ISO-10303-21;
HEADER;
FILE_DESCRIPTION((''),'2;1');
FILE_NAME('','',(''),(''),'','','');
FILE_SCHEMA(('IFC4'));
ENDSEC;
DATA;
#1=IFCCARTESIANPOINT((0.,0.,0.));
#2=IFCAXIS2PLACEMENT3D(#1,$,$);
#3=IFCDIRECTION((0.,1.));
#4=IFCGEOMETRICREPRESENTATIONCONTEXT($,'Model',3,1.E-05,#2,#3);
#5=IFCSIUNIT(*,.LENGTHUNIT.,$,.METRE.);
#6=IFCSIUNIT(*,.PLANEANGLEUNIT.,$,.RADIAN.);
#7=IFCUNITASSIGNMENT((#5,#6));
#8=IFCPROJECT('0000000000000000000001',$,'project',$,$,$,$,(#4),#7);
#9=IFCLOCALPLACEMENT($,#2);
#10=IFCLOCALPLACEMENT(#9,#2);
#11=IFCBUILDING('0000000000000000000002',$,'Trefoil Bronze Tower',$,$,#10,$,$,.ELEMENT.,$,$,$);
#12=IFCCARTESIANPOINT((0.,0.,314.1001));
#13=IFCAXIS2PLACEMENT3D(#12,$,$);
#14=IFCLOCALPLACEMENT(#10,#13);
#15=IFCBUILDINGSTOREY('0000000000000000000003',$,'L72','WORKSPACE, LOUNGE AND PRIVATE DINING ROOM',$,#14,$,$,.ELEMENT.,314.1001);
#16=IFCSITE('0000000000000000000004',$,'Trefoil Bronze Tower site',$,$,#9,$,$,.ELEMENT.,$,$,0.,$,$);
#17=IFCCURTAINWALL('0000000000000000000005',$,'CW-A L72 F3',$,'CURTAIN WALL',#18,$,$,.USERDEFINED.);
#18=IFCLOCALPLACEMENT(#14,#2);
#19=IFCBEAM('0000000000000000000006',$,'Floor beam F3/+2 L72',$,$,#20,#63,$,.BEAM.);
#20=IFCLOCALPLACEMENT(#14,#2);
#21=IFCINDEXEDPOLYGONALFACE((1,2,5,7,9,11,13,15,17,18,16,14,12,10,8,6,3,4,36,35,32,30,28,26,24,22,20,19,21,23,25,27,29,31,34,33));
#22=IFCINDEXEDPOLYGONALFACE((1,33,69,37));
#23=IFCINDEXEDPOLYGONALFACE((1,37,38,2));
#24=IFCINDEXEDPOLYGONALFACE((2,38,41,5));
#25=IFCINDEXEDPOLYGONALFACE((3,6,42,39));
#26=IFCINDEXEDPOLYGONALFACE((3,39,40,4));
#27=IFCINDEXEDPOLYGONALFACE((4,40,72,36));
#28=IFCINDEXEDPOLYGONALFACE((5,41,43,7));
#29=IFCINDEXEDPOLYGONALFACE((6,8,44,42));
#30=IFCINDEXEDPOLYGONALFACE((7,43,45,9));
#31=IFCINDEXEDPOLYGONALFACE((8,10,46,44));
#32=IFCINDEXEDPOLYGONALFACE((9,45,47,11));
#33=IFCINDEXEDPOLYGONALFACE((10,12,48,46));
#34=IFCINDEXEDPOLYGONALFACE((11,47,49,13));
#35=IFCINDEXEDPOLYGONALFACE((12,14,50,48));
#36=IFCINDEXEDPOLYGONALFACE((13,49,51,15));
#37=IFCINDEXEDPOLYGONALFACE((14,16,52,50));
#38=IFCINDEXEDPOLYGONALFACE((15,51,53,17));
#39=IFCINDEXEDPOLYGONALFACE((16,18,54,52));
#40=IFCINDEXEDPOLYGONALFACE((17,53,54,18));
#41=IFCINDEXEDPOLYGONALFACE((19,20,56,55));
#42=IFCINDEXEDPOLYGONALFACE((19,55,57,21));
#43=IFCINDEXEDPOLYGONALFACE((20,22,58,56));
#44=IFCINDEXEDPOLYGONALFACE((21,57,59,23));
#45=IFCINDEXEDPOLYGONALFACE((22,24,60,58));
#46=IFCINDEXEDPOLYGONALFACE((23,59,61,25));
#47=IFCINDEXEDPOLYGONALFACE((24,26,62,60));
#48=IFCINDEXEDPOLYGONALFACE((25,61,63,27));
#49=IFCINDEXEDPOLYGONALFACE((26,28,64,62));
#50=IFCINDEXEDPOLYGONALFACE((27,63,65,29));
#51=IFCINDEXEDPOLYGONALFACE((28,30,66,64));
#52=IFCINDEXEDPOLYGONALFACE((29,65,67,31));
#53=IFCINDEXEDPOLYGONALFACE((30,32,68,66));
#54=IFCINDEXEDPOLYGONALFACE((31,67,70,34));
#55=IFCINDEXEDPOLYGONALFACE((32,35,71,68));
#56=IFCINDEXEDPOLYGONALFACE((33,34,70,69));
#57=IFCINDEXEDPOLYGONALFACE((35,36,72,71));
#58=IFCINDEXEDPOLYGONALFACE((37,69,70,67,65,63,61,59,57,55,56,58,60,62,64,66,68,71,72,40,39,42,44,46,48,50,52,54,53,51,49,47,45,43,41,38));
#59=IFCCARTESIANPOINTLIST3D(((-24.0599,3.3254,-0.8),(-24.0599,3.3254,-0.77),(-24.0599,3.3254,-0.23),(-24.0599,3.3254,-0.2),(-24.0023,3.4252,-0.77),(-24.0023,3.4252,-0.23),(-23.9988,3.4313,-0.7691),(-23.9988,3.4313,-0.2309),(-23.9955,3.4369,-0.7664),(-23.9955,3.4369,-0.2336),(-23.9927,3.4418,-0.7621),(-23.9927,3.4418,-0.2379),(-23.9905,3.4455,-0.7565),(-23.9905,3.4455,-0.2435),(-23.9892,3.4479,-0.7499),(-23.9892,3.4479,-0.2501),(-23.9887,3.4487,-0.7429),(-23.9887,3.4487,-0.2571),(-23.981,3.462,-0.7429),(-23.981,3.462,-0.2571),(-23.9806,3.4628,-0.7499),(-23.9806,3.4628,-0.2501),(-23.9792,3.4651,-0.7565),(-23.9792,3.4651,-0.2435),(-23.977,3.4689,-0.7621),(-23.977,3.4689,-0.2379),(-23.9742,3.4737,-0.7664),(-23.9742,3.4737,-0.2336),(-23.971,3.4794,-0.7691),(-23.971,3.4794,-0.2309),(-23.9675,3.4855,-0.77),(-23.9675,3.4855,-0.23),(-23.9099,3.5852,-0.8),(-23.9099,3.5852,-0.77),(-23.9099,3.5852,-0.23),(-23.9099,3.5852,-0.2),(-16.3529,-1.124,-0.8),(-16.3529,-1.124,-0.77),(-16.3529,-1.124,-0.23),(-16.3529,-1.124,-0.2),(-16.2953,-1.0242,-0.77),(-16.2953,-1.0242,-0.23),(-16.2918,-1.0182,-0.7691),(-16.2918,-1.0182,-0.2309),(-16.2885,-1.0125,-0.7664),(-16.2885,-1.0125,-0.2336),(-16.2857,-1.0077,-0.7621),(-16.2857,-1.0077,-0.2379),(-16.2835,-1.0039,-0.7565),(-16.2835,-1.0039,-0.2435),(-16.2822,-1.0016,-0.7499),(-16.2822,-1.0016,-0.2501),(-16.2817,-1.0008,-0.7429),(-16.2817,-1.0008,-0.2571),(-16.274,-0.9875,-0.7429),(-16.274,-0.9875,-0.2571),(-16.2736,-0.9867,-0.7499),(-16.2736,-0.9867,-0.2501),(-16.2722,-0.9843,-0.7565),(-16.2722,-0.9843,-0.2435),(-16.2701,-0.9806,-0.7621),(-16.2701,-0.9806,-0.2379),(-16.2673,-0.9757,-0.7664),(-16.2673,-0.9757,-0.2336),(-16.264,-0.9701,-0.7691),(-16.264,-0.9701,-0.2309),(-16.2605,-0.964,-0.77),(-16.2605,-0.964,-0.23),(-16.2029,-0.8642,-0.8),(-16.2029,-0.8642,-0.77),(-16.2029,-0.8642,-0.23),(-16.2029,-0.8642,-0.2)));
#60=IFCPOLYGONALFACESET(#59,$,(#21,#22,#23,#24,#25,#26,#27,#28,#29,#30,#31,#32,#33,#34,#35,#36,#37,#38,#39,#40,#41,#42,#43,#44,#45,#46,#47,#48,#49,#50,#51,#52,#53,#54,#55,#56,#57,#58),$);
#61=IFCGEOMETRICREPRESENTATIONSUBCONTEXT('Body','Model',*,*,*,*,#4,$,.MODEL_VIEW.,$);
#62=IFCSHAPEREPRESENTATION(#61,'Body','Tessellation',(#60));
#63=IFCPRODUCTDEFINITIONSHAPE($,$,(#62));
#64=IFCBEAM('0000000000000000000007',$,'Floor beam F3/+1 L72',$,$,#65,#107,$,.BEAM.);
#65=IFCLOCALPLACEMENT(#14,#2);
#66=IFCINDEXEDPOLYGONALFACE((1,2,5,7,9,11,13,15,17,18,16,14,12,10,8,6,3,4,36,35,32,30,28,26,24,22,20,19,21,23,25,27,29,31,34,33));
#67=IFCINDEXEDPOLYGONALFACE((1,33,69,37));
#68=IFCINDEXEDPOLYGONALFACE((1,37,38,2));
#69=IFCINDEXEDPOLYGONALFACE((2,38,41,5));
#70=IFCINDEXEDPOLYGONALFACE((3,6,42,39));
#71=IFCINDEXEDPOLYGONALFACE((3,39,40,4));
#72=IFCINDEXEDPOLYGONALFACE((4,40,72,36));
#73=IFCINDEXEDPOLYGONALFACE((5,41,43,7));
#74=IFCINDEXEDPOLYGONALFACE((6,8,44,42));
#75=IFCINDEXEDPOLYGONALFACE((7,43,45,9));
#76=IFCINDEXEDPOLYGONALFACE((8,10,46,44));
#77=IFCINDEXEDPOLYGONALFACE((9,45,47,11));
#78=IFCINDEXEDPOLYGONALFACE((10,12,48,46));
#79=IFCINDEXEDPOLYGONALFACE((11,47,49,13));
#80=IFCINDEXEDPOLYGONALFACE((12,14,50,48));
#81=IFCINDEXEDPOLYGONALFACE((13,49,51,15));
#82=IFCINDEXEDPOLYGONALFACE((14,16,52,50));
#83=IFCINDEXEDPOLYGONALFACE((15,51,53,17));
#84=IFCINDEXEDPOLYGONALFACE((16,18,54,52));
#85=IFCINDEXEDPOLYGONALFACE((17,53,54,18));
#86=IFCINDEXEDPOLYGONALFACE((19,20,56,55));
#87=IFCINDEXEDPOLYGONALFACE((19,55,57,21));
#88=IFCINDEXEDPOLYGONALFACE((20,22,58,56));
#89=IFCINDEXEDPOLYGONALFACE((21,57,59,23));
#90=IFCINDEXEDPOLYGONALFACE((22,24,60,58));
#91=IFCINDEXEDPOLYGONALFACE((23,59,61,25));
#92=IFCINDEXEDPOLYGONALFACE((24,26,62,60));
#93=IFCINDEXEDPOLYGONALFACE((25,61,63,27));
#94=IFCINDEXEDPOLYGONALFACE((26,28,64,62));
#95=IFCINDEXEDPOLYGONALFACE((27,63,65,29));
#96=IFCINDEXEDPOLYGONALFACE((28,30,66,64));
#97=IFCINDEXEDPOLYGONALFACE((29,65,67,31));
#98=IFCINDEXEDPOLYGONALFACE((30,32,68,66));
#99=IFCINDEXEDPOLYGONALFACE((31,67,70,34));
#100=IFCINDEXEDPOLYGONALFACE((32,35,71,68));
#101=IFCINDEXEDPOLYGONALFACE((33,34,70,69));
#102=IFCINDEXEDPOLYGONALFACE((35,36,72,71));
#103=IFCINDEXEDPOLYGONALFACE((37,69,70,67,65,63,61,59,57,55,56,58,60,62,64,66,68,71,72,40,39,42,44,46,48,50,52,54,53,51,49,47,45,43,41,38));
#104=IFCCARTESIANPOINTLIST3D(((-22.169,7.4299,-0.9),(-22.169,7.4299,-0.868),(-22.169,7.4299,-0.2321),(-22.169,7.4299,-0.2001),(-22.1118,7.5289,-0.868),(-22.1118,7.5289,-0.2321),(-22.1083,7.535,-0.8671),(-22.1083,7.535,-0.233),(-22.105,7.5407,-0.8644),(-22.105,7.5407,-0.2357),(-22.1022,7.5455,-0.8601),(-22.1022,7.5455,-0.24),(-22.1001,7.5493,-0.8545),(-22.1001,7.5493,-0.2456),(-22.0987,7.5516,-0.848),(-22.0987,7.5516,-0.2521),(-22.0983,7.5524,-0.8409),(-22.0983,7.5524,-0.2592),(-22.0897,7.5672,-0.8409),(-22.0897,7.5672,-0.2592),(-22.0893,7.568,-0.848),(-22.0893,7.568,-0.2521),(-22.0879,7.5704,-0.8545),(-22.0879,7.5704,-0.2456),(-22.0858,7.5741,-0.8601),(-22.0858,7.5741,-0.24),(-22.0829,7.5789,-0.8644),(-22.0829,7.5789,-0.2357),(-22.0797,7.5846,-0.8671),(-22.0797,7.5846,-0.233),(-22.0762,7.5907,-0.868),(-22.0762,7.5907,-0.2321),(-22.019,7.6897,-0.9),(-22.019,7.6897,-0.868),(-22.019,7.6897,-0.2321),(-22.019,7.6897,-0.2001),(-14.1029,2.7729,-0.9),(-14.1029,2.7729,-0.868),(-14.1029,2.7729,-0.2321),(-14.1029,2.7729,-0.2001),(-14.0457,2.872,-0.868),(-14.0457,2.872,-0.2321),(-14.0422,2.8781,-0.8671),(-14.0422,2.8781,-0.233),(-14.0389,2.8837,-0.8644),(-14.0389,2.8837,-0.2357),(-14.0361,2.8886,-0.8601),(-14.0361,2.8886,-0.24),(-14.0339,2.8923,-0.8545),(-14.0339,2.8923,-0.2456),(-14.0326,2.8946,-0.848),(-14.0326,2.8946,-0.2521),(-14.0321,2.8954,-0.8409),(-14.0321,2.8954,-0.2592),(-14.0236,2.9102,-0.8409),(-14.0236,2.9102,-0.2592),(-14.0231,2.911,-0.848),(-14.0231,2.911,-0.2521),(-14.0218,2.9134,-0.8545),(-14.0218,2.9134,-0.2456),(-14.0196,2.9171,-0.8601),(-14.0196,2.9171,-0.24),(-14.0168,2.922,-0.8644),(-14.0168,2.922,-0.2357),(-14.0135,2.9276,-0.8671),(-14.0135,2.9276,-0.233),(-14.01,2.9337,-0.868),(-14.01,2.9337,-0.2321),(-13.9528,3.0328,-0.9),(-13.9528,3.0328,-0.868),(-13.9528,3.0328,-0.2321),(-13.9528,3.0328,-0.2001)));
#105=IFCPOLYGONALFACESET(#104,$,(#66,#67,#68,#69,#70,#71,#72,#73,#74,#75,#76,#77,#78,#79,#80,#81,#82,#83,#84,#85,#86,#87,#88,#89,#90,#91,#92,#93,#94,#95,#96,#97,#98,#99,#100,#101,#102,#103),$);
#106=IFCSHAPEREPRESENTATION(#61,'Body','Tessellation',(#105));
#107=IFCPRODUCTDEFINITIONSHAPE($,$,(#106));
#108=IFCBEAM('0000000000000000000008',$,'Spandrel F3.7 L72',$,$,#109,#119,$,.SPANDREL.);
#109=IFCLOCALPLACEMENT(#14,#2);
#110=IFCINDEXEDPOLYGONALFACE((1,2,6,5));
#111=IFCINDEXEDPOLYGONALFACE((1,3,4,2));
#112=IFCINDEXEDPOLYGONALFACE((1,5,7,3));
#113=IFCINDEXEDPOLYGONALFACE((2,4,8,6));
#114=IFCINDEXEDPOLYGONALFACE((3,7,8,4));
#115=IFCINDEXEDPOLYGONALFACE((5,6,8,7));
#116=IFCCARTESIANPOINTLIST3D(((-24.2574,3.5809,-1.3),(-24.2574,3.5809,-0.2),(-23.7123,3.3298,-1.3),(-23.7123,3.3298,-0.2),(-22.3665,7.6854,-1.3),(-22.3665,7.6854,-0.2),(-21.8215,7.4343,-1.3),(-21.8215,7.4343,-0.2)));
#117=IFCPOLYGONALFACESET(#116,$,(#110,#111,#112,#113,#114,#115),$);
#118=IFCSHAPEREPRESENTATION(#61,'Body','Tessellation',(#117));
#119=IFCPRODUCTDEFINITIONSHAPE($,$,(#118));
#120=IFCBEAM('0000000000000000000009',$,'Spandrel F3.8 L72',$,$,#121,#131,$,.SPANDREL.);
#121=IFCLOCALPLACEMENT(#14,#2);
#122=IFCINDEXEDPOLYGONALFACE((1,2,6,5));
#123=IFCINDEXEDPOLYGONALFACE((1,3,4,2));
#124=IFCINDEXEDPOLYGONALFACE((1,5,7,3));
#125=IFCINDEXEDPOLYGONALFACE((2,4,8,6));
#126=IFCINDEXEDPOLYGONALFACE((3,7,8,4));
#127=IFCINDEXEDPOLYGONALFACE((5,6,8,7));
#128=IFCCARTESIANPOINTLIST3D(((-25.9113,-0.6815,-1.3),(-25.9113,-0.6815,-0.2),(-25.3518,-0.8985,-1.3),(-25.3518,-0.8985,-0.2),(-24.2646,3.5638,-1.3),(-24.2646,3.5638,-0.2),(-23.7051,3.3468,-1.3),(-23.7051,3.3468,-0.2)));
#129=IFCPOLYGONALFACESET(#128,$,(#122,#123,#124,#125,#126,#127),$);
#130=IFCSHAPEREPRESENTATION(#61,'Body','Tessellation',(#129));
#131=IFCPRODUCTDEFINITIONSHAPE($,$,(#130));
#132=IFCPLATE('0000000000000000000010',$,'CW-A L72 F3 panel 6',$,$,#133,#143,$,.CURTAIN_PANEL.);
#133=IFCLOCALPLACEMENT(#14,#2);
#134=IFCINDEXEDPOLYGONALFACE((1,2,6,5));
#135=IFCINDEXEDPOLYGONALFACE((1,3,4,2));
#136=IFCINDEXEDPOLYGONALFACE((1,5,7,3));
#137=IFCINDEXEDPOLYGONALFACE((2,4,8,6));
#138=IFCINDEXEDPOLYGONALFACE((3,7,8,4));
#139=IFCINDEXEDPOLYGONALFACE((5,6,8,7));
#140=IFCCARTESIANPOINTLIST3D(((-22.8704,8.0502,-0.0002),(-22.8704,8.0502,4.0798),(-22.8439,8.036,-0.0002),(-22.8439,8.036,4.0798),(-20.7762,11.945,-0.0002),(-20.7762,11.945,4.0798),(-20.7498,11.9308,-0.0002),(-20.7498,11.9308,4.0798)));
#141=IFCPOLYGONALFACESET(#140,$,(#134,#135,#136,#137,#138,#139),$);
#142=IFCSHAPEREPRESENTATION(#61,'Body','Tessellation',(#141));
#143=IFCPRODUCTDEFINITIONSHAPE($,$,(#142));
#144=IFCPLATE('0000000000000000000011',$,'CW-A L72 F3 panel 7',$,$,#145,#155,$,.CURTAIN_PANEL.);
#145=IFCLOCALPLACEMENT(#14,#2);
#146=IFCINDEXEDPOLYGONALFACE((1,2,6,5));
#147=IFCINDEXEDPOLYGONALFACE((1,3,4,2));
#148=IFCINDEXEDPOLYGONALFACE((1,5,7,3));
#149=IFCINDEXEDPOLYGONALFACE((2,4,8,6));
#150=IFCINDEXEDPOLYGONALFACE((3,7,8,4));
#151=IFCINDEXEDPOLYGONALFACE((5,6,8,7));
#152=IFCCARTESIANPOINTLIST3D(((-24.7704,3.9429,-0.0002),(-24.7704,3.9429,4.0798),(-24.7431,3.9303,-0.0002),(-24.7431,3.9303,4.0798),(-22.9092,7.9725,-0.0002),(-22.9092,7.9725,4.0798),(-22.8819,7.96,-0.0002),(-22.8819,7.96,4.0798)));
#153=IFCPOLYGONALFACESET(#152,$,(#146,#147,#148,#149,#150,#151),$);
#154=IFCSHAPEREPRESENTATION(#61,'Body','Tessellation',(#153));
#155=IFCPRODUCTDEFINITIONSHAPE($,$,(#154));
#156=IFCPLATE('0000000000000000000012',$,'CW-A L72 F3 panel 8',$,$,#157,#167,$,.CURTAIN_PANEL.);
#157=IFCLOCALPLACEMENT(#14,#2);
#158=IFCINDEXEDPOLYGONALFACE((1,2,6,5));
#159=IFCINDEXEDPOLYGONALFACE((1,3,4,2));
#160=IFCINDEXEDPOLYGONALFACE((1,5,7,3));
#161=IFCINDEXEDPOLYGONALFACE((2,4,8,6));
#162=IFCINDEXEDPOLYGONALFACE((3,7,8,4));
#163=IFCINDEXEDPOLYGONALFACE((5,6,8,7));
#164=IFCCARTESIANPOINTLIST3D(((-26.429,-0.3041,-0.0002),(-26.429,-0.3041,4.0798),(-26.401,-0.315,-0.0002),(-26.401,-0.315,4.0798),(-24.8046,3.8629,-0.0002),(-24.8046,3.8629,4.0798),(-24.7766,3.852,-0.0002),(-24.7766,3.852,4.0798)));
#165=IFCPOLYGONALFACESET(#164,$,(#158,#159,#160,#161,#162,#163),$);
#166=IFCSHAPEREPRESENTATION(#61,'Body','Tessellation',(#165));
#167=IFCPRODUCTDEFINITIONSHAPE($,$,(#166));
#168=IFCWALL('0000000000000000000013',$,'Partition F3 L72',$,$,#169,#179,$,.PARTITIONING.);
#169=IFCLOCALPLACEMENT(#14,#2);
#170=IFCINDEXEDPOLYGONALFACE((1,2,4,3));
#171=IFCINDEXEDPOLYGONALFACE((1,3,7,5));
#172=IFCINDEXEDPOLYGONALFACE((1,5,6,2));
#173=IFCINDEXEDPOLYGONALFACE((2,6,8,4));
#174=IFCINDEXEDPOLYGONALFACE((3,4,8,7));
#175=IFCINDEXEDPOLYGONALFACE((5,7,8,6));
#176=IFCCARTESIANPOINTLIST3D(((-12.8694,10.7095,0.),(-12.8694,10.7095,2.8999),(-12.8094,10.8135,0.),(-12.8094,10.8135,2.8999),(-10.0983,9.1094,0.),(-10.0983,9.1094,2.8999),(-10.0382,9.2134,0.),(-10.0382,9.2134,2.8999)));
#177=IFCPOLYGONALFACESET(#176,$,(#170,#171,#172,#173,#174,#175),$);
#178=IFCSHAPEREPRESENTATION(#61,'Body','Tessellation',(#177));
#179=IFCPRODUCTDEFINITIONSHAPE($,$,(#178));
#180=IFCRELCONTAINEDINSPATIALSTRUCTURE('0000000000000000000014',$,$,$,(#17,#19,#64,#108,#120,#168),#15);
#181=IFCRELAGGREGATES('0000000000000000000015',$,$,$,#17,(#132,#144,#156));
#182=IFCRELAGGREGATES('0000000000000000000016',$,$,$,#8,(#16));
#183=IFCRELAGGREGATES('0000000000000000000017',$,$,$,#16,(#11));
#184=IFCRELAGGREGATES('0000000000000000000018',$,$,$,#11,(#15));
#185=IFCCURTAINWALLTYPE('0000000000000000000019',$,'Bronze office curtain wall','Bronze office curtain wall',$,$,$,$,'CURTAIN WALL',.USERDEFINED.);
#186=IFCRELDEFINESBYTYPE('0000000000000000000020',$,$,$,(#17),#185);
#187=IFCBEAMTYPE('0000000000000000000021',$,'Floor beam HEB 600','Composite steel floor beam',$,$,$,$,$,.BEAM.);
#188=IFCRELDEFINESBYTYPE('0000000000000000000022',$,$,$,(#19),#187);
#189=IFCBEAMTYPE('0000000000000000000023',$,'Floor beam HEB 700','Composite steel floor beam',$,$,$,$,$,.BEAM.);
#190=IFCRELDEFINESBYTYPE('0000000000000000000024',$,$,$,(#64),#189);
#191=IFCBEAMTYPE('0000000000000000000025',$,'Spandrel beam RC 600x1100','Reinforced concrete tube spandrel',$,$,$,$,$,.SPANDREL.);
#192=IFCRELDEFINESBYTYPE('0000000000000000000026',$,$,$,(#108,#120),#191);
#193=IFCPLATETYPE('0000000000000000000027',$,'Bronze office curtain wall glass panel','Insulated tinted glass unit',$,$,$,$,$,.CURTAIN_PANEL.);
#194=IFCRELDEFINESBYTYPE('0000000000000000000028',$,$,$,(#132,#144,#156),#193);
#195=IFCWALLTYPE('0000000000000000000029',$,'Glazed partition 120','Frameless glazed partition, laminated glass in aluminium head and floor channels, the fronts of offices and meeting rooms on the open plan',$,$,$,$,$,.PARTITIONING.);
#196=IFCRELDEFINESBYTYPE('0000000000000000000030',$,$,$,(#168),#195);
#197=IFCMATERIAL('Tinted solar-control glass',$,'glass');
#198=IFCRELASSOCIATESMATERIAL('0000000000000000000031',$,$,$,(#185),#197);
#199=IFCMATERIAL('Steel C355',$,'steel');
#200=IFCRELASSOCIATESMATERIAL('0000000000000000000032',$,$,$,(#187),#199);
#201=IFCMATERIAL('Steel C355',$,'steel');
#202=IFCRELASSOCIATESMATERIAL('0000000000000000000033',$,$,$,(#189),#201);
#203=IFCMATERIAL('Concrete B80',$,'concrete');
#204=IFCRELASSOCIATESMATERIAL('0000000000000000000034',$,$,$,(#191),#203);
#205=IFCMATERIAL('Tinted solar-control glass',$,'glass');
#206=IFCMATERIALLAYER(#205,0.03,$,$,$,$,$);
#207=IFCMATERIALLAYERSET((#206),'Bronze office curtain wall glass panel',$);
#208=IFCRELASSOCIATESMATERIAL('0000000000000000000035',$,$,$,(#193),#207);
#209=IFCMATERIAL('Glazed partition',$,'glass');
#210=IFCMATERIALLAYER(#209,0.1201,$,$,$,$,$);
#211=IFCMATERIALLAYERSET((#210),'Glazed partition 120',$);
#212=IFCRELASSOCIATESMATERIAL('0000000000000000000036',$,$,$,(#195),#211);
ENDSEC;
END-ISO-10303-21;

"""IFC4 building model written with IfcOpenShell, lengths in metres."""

from ifc_helpers import new_model, si_unit, direction, frame, frame_2d, origin, origin_2d, place, context, subcontext, project, spatial, rectangle, i_section, extrude, material, layer, layer_set, material_profile, profile_set, type_object, element, aggregate, save


model = new_model("IFC4")

# Units and contexts
model_context = context("Model", 3, precision=1e-05, world=origin(), true_north=direction((0.0, 1.0)))
body_context = subcontext(model_context, "Body", "Model", "MODEL_VIEW")
ifc_project = project(units=[si_unit("LENGTHUNIT", "METRE"), si_unit("PLANEANGLEUNIT", "RADIAN")], contexts=[model_context])

# Site, building, storey
site_placement = place(None, origin())
site = spatial("IfcSite", under=ifc_project, at=site_placement, Name="Trefoil Bronze Tower site", CompositionType="ELEMENT", RefElevation=0.0)
building_placement = place(site_placement, origin())
building = spatial("IfcBuilding", under=site, at=building_placement, Name="Trefoil Bronze Tower", CompositionType="ELEMENT")
storey_placement = place(building_placement, frame((0.0, 0.0, 314.1001)))
storey = spatial("IfcBuildingStorey", under=building, at=storey_placement, Name="L72", Description="WORKSPACE, LOUNGE AND PRIVATE DINING ROOM", CompositionType="ELEMENT", Elevation=314.1001)

# Curtain wall
ifc_material_1 = material(Name="Tinted solar-control glass", Category="glass")
curtain_wall_type = type_object("IfcCurtainWallType", Name="Bronze office curtain wall", Description="Bronze office curtain wall", ElementType="CURTAIN WALL", PredefinedType="USERDEFINED", material=ifc_material_1)
curtain_wall_placement = place(storey_placement, origin())
curtain_wall = element("IfcCurtainWall", 1, at=curtain_wall_placement, inside=storey, type_object=curtain_wall_type, Name="CW-A L72 F3", ObjectType="CURTAIN WALL", PredefinedType="USERDEFINED")

# Beams
ifc_material_2 = material(Name="Steel C355", Category="steel")
ifc_material_profile_1 = material_profile(ifc_material_2, i_section(OverallWidth=0.3, OverallDepth=0.6001, WebThickness=0.0154, FlangeThickness=0.03, FilletRadius=0.0271, at=origin_2d()), Name="HEB 600")
ifc_profile_set_1 = profile_set([ifc_material_profile_1], Name="Steel C355")
beam_type_1 = type_object("IfcBeamType", Name="Floor beam HEB 600", Description="Composite steel floor beam", PredefinedType="BEAM", material=ifc_profile_set_1)
beam_1_placement = place(storey_placement, frame((-23.9849, 3.4553, -0.5), z_axis=(0.866035, -0.499984, 0.0), x_axis=(0.499984, 0.866035, 0.0)))
element("IfcBeam", 2, at=beam_1_placement, inside=storey, type_object=beam_type_1, Name="Floor beam F3/+2 L72", PredefinedType="BEAM", context=body_context, shape_type="SweptSolid", body=[
    extrude(i_section(OverallWidth=0.3, OverallDepth=0.6001, WebThickness=0.0154, FlangeThickness=0.03, FilletRadius=0.0271, at=origin_2d()), origin(), (0.0, 0.0, 1.0), 8.8992),
])
ifc_material_3 = material(Name="Steel C355", Category="steel")
ifc_material_profile_2 = material_profile(ifc_material_3, i_section(OverallWidth=0.3, OverallDepth=0.7, WebThickness=0.0171, FlangeThickness=0.032, FilletRadius=0.0271, at=origin_2d()), Name="HEB 700")
ifc_profile_set_2 = profile_set([ifc_material_profile_2], Name="Steel C355")
beam_type_2 = type_object("IfcBeamType", Name="Floor beam HEB 700", Description="Composite steel floor beam", PredefinedType="BEAM", material=ifc_profile_set_2)
beam_2_placement = place(storey_placement, frame((-22.094, 7.5598, -0.55), z_axis=(0.866026, -0.499999, 0.0), x_axis=(0.499999, 0.866026, 0.0)))
element("IfcBeam", 3, at=beam_2_placement, inside=storey, type_object=beam_type_2, Name="Floor beam F3/+1 L72", PredefinedType="BEAM", context=body_context, shape_type="SweptSolid", body=[
    extrude(i_section(OverallWidth=0.3, OverallDepth=0.7, WebThickness=0.0171, FlangeThickness=0.032, FilletRadius=0.0271, at=origin_2d()), origin(), (0.0, 0.0, 1.0), 9.314),
])
ifc_material_4 = material(Name="Concrete B80", Category="concrete")
ifc_material_profile_3 = material_profile(ifc_material_4, rectangle(XDim=0.6001, YDim=1.1001, at=origin_2d()), Name="RC 600x1100")
ifc_profile_set_3 = profile_set([ifc_material_profile_3], Name="Concrete B80")
beam_type_3 = type_object("IfcBeamType", Name="Spandrel beam RC 600x1100", Description="Reinforced concrete tube spandrel", PredefinedType="SPANDREL", material=ifc_profile_set_3)
beam_3_placement = place(storey_placement, frame((-22.094, 7.5598, -0.75), z_axis=(-0.418417, -0.908255, 0.0), x_axis=(0.908255, -0.418417, 0.0)))
element("IfcBeam", 4, at=beam_3_placement, inside=storey, type_object=beam_type_3, Name="Spandrel F3.7 L72", PredefinedType="SPANDREL", context=body_context, shape_type="SweptSolid", body=[
    extrude(rectangle(XDim=0.6001, YDim=1.1001, at=origin_2d()), origin(), (0.0, 0.0, 1.0), 4.519),
])
beam_4_placement = place(storey_placement, frame((-23.9849, 3.4553, -0.75), z_axis=(-0.361636, -0.932319, 0.0), x_axis=(0.932319, -0.361636, 0.0)))
element("IfcBeam", 5, at=beam_4_placement, inside=storey, type_object=beam_type_3, Name="Spandrel F3.8 L72", PredefinedType="SPANDREL", context=body_context, shape_type="SweptSolid", body=[
    extrude(rectangle(XDim=0.6001, YDim=1.1001, at=origin_2d()), origin(), (0.0, 0.0, 1.0), 4.5535),
])

# Plates
ifc_material_5 = material(Name="Tinted solar-control glass", Category="glass")
ifc_layer_1 = layer(ifc_material_5, 0.03)
ifc_layer_set_1 = layer_set([ifc_layer_1], Name="Bronze office curtain wall glass panel")
plate_type = type_object("IfcPlateType", Name="Bronze office curtain wall glass panel", Description="Insulated tinted glass unit", PredefinedType="CURTAIN_PANEL", material=ifc_layer_set_1)
plate_1_placement = place(storey_placement, frame((-21.8101, 9.9905, -0.0002), z_axis=(0.0, 0.0, 1.0), x_axis=(-0.473562, -0.88076, 0.0)))
plate_1 = element("IfcPlate", 6, at=plate_1_placement, type_object=plate_type, Name="CW-A L72 F3 panel 6", PredefinedType="CURTAIN_PANEL", context=body_context, shape_type="SweptSolid", body=[
    extrude(rectangle(XDim=4.4221, YDim=0.03, at=origin_2d()), origin(), (0.0, 0.0, 1.0), 4.0801),
])
plate_2_placement = place(storey_placement, frame((-23.8262, 5.9514, -0.0002), z_axis=(0.0, 0.0, 1.0), x_axis=(-0.419309, -0.907844, 0.0)))
plate_2 = element("IfcPlate", 7, at=plate_2_placement, type_object=plate_type, Name="CW-A L72 F3 panel 7", PredefinedType="CURTAIN_PANEL", context=body_context, shape_type="SweptSolid", body=[
    extrude(rectangle(XDim=4.4387, YDim=0.03, at=origin_2d()), origin(), (0.0, 0.0, 1.0), 4.0801),
])
plate_3_placement = place(storey_placement, frame((-25.6028, 1.7739, -0.0002), z_axis=(0.0, 0.0, 1.0), x_axis=(-0.363199, -0.931712, 0.0)))
plate_3 = element("IfcPlate", 8, at=plate_3_placement, type_object=plate_type, Name="CW-A L72 F3 panel 8", PredefinedType="CURTAIN_PANEL", context=body_context, shape_type="SweptSolid", body=[
    extrude(rectangle(XDim=4.4724, YDim=0.03, at=origin_2d()), origin(), (0.0, 0.0, 1.0), 4.0801),
])
aggregate(curtain_wall, [plate_1, plate_2, plate_3])

# Wall
ifc_material_6 = material(Name="Glazed partition", Category="glass")
ifc_layer_2 = layer(ifc_material_6, 0.1201)
ifc_layer_set_2 = layer_set([ifc_layer_2], Name="Glazed partition 120")
wall_type_1 = type_object("IfcWallType", Name="Glazed partition 120", Description="Frameless glazed partition, laminated glass in aluminium head and floor channels, the fronts of offices and meeting rooms on the open plan", PredefinedType="PARTITIONING", material=ifc_layer_set_2)
wall_1_placement = place(storey_placement, frame((-10.0681, 9.1614, 0.0), z_axis=(0.0, 0.0, 1.0), x_axis=(-0.866009, 0.500028, 0.0)))
element("IfcWall", 9, at=wall_1_placement, inside=storey, type_object=wall_type_1, Name="Partition F3 L72", PredefinedType="PARTITIONING", context=body_context, shape_type="SweptSolid", body=[
    extrude(rectangle(XDim=3.2, YDim=0.1201, at=frame_2d((1.6001, 0.0))), origin(), (0.0, 0.0, 1.0), 2.8999),
])

save(model, "model.ifc")
